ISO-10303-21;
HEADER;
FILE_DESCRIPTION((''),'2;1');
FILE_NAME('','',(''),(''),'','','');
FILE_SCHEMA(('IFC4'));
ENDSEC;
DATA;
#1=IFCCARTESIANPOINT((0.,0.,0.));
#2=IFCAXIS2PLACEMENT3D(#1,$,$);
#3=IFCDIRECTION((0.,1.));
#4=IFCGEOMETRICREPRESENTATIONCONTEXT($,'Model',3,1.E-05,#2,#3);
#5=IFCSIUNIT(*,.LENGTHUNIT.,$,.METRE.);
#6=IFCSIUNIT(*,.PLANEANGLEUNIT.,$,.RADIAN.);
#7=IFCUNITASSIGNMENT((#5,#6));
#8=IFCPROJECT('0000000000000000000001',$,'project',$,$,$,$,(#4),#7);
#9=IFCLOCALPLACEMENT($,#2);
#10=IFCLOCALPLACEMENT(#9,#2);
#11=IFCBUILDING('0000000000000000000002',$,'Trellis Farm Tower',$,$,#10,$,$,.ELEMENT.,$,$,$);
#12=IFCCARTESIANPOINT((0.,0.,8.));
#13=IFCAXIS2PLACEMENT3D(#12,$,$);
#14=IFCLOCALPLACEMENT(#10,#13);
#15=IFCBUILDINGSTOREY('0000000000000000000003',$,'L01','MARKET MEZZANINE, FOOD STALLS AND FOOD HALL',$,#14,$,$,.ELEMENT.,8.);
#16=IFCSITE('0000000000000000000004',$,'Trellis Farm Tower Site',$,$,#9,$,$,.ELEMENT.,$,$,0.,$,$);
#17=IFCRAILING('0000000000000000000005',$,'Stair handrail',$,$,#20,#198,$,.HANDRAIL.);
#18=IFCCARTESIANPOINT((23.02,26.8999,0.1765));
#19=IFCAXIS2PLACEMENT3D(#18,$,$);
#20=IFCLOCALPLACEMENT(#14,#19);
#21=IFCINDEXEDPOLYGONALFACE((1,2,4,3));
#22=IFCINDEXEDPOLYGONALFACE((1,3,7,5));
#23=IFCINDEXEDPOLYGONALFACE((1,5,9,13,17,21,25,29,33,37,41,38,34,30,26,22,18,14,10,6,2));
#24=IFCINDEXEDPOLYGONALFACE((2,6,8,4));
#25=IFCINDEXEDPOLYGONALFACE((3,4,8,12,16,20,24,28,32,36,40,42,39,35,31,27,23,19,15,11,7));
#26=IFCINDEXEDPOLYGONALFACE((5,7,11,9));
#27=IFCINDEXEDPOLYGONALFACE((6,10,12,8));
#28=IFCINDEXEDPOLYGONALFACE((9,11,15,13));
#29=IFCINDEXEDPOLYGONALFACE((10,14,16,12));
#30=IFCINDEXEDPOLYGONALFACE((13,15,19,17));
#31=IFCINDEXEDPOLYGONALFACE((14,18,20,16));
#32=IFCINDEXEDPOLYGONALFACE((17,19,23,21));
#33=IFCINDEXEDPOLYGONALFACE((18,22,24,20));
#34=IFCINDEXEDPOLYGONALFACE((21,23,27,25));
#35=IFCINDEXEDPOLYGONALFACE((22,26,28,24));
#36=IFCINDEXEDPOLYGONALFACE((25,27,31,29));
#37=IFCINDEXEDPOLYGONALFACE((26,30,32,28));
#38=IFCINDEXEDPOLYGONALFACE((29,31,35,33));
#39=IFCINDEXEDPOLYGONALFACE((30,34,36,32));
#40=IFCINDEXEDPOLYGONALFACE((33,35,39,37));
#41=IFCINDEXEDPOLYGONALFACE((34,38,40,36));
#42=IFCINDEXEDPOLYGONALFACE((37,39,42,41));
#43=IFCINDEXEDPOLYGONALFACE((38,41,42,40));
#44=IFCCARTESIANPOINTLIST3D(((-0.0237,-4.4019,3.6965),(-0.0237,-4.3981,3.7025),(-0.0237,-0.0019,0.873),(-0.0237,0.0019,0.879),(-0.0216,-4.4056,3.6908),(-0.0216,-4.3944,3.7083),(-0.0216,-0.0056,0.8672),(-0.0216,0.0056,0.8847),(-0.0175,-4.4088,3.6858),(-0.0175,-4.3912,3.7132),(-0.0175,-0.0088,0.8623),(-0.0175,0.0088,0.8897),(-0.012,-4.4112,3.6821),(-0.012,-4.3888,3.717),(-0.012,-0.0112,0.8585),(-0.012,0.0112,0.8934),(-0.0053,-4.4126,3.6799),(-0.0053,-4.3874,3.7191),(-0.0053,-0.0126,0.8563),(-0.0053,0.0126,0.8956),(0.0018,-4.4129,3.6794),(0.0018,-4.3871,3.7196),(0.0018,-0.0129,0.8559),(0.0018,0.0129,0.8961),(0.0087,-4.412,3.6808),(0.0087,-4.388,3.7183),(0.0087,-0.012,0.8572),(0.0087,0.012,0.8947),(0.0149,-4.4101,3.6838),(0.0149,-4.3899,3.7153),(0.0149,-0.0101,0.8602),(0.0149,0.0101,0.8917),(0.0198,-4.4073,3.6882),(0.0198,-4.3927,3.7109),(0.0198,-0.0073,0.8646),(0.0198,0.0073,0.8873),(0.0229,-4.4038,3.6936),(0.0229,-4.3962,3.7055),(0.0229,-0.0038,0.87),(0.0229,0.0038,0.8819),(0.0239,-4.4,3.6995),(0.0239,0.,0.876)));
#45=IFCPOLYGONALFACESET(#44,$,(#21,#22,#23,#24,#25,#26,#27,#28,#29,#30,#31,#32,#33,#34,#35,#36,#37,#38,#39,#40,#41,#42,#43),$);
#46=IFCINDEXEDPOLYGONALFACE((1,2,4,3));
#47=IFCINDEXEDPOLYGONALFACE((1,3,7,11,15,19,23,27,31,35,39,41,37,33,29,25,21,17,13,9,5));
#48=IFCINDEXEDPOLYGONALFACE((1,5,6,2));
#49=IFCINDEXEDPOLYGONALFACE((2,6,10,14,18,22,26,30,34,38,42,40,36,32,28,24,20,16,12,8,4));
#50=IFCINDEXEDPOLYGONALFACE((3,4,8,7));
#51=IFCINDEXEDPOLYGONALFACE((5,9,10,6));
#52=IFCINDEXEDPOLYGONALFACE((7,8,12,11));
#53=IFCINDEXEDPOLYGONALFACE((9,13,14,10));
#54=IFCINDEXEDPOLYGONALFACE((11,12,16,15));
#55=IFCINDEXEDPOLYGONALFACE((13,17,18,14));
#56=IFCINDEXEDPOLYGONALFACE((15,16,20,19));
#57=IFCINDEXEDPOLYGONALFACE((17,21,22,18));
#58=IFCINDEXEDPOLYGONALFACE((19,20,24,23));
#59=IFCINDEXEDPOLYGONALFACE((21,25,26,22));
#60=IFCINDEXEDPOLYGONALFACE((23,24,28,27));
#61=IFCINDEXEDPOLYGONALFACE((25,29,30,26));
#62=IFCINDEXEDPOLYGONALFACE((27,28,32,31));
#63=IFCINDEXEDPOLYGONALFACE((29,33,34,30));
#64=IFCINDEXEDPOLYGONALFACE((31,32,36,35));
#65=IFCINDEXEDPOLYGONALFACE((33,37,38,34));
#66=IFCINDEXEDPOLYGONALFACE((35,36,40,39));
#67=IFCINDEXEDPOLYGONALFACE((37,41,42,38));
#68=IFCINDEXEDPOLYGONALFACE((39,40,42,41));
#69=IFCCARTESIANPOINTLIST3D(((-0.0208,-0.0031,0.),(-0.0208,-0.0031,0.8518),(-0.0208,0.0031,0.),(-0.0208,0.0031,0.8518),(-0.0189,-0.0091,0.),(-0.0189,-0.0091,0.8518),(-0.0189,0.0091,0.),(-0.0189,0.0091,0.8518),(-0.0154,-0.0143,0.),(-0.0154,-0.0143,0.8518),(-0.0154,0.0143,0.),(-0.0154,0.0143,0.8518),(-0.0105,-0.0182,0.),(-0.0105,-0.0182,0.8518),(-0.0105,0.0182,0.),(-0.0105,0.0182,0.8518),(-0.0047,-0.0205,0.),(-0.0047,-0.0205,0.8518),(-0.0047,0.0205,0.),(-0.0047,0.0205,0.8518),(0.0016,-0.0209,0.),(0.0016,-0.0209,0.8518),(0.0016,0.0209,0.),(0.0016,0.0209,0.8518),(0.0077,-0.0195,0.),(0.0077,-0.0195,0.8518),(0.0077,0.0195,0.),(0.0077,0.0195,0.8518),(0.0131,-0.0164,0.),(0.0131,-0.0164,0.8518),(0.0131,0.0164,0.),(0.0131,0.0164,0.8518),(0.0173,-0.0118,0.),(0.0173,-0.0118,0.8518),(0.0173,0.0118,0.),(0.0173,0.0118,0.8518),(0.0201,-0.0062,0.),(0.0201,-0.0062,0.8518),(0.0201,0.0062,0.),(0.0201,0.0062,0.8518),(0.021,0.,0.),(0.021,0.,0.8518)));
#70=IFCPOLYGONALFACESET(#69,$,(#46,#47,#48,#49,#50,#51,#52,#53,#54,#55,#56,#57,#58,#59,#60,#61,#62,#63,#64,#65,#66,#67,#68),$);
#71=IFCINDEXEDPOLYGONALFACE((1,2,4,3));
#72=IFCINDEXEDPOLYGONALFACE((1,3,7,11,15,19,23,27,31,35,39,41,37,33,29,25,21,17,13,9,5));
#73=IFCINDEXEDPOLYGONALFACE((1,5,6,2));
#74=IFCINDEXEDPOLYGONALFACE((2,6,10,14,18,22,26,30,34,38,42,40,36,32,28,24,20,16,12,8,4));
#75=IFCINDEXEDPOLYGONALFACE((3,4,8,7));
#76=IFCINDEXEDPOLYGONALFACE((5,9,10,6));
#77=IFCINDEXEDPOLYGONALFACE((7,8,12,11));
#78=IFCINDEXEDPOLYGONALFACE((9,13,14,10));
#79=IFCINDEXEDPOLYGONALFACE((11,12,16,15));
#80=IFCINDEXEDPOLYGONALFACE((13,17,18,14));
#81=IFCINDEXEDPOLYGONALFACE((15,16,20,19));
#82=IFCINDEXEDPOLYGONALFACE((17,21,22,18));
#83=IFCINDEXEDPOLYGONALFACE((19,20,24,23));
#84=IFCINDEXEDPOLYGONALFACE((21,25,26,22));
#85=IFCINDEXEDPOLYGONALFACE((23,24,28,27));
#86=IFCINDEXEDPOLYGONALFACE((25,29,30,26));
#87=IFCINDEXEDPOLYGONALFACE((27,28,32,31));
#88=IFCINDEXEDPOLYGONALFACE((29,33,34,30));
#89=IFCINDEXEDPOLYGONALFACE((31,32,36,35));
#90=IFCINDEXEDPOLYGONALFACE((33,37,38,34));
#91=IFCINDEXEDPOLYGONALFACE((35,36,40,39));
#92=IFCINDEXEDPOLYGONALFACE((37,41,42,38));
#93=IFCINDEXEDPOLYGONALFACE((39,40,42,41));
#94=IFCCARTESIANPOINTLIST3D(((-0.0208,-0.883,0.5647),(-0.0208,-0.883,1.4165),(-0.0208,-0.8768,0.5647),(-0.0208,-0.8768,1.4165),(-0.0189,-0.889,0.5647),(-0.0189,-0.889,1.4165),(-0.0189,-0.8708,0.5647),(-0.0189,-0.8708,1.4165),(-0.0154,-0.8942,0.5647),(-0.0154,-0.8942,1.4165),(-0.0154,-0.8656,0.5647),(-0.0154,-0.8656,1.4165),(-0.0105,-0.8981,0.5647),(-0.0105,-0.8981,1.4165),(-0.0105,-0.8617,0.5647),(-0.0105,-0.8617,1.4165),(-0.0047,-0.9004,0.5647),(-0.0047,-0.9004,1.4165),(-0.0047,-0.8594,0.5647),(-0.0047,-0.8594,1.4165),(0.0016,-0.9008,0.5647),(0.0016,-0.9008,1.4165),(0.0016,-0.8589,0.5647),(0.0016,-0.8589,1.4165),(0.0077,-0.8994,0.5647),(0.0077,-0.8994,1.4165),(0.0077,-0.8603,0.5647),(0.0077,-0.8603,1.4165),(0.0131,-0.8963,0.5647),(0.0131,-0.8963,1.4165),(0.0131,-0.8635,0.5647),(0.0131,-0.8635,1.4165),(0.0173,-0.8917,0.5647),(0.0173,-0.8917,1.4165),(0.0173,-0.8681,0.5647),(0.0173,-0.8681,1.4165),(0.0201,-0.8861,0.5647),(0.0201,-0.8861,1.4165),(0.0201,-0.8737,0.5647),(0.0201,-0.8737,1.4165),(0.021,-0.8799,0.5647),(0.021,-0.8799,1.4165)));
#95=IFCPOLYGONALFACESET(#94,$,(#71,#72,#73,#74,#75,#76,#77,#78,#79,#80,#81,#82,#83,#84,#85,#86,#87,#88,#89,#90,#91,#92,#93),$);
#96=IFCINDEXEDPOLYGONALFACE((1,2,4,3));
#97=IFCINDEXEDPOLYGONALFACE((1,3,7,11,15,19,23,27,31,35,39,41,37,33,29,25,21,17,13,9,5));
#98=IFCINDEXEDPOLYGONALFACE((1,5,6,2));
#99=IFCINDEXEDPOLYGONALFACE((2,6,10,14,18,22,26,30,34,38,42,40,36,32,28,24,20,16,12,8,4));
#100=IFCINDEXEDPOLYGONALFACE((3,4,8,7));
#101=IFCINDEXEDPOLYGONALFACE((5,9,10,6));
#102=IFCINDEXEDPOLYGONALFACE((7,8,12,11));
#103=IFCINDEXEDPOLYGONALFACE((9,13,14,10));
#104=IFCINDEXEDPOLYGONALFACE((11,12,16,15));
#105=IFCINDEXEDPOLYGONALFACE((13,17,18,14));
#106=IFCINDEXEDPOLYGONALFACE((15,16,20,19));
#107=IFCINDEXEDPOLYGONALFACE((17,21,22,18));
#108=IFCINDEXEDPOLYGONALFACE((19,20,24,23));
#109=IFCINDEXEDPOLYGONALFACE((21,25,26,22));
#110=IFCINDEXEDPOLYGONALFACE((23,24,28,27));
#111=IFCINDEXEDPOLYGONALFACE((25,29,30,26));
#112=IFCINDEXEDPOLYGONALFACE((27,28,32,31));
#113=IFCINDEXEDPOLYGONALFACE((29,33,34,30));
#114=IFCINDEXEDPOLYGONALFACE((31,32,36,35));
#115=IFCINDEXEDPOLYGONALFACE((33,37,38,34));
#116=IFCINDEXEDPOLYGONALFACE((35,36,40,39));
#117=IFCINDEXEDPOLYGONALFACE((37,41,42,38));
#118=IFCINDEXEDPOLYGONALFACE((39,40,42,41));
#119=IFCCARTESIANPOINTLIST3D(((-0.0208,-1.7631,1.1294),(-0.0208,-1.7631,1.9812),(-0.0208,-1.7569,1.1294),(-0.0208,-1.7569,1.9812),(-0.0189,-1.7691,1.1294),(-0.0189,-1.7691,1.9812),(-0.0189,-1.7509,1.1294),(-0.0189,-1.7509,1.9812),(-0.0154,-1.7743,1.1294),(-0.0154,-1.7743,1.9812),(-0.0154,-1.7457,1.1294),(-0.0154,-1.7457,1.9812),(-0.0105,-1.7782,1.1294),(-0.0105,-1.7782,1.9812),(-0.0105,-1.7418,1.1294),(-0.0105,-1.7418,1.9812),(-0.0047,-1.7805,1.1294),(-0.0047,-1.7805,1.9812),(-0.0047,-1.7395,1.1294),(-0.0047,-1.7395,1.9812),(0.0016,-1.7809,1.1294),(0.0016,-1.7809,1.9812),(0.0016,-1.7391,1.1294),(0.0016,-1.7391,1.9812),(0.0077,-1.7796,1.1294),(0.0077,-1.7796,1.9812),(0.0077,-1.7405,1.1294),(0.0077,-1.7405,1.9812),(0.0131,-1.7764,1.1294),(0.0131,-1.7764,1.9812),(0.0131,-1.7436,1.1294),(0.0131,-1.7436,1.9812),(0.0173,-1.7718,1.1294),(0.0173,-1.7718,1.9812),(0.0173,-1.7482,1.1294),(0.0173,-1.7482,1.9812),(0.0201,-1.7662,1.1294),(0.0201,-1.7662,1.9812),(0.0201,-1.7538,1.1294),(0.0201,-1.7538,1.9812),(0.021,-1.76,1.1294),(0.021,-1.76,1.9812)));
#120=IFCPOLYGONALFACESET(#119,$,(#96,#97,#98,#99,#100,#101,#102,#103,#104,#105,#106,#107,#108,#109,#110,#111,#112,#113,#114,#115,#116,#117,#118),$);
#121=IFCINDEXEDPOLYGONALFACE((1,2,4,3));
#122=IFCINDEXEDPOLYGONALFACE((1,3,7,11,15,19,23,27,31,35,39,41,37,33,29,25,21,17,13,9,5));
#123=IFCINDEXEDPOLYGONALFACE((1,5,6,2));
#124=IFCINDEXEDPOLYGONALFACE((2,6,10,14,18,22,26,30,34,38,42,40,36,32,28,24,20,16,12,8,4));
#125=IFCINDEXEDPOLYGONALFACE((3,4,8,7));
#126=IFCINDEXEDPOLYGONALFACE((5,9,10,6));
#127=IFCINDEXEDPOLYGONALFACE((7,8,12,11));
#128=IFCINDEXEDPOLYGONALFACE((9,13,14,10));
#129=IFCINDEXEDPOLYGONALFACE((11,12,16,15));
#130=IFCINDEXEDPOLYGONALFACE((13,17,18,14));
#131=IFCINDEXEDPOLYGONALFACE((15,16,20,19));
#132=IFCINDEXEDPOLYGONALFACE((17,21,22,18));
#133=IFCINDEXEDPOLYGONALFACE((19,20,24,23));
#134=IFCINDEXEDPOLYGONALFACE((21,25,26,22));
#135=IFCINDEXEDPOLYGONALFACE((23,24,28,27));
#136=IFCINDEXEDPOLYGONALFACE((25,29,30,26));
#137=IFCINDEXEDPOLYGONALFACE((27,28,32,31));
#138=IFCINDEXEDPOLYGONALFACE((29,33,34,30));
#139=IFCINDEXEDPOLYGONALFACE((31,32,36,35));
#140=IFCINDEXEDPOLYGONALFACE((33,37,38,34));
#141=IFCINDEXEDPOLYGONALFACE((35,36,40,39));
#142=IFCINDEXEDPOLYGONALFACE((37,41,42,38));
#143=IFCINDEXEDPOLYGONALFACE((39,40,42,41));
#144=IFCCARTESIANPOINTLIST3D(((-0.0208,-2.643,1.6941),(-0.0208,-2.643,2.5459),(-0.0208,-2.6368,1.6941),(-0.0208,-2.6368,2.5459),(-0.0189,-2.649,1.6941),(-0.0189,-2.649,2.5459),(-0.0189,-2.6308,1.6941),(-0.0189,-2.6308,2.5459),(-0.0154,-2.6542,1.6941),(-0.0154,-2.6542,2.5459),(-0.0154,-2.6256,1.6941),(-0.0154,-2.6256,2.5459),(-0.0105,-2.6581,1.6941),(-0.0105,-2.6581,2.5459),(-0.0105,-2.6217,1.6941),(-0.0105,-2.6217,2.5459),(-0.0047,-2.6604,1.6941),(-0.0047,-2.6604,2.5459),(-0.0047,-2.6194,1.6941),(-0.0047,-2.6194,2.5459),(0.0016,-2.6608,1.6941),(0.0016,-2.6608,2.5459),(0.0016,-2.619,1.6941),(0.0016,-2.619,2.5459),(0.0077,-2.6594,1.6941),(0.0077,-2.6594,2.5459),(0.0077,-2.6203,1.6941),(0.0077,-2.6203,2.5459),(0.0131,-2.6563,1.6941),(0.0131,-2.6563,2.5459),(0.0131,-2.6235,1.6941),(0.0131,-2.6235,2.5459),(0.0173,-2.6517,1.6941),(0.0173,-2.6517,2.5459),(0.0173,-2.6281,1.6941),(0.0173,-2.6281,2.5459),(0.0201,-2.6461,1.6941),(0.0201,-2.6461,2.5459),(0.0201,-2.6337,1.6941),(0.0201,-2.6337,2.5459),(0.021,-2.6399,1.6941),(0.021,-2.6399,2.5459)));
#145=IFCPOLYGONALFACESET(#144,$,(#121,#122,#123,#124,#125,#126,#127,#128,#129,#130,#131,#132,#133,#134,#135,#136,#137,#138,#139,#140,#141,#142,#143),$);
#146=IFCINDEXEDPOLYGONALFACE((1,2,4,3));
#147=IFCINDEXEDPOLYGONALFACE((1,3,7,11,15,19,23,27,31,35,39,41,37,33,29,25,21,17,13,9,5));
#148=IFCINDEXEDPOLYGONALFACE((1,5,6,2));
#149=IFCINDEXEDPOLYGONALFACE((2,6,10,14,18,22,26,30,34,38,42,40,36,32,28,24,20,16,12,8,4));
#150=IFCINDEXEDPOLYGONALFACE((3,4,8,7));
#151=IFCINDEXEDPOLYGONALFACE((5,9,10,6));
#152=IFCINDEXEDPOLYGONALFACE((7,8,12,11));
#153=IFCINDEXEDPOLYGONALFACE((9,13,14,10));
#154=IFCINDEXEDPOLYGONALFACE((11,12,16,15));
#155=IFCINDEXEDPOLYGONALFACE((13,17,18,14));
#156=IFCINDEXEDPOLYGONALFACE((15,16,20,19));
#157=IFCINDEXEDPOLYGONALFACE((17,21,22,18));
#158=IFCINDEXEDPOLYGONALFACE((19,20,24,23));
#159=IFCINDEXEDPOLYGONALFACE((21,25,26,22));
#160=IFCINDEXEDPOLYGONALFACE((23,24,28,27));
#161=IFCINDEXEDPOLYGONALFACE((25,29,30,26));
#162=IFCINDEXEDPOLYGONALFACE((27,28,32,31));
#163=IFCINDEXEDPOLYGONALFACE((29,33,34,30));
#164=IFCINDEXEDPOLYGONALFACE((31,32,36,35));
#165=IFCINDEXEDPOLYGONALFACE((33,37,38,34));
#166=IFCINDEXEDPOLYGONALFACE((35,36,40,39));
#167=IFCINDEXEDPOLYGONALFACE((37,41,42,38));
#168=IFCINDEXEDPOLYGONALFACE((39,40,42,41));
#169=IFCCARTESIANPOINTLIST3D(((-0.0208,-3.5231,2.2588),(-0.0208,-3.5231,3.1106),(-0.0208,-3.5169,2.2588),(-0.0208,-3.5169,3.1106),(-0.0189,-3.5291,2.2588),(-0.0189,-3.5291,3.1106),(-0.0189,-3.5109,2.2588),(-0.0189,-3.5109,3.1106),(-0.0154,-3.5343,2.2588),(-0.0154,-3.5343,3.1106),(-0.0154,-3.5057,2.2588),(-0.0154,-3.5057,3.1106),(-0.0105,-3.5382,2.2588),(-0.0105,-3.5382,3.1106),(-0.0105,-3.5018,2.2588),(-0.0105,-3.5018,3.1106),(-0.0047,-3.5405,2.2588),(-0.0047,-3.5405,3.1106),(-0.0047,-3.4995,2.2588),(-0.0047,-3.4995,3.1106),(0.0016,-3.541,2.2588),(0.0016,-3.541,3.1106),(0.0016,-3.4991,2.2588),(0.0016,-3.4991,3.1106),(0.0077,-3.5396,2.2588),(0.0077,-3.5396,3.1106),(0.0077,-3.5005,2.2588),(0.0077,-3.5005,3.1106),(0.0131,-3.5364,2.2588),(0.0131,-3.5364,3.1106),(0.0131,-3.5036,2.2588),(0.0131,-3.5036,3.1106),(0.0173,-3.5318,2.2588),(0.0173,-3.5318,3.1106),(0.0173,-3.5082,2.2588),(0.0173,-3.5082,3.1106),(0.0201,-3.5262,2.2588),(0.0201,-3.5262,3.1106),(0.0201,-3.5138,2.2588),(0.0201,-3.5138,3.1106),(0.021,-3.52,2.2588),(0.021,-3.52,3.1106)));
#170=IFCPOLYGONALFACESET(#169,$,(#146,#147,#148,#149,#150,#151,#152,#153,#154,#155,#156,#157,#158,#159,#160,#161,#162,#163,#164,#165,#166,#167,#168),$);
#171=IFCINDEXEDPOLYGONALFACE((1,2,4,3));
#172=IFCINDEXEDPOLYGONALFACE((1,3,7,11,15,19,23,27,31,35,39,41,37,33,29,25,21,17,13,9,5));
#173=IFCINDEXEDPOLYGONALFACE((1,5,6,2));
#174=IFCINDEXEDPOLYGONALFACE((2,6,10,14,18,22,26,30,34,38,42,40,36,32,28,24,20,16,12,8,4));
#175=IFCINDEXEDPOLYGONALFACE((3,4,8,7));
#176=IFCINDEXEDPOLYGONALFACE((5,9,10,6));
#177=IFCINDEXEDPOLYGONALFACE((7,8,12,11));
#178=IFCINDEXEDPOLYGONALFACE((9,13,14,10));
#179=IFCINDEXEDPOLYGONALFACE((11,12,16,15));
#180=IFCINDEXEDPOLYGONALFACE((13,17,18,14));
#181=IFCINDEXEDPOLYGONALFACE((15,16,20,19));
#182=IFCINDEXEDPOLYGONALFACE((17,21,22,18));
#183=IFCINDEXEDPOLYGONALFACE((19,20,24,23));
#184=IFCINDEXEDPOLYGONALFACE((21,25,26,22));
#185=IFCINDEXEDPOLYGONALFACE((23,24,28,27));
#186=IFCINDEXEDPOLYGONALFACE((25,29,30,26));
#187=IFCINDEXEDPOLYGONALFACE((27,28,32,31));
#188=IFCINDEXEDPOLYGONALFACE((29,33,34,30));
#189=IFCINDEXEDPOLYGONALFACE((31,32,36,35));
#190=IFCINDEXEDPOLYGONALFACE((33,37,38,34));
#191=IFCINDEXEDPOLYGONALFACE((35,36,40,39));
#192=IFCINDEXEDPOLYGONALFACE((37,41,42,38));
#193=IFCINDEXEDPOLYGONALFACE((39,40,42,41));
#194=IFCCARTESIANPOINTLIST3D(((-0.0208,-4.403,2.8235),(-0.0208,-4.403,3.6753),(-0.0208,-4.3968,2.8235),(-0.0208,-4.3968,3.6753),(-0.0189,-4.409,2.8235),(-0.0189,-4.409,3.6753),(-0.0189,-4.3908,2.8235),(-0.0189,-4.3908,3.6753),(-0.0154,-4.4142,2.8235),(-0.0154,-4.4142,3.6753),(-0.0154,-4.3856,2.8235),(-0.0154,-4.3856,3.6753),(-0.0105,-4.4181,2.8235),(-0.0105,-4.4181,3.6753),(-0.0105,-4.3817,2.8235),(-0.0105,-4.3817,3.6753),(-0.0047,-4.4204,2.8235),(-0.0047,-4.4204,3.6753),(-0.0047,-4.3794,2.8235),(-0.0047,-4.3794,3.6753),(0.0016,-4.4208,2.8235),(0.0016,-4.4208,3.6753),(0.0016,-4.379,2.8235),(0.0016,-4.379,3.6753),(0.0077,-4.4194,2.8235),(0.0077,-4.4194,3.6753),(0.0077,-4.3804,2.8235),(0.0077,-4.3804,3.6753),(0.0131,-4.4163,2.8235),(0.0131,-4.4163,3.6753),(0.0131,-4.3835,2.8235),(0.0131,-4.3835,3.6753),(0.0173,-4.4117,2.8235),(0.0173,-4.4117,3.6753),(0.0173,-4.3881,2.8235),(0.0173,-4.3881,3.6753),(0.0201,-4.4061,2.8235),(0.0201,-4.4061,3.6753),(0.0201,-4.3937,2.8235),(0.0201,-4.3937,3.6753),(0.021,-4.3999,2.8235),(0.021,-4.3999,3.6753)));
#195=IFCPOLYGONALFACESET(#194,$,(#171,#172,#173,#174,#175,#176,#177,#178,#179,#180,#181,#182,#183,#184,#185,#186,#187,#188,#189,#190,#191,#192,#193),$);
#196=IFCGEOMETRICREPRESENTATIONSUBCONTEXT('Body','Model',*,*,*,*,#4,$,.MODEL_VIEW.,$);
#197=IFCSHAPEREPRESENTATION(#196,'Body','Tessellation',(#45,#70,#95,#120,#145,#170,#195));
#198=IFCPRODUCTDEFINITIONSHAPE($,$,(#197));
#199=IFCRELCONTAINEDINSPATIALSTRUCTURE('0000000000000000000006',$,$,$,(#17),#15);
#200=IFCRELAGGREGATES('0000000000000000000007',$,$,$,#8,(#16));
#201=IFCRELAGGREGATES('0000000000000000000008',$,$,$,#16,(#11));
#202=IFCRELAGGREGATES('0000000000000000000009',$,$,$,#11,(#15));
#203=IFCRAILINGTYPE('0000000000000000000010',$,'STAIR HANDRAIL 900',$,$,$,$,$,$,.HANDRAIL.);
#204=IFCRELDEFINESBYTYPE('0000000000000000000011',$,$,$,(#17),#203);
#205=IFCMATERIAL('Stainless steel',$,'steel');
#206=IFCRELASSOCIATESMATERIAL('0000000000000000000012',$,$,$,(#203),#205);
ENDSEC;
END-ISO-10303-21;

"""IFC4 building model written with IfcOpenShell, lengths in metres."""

from ifc_helpers import new_model, si_unit, direction, frame, origin, origin_2d, place, context, subcontext, project, spatial, circle, extrude, source, transform, mapped, material, type_object, element, save


model = new_model("IFC4")

# Units and contexts
model_context = context("Model", 3, precision=1e-05, world=origin(), true_north=direction((0.0, 1.0)))
body_context = subcontext(model_context, "Body", "Model", "MODEL_VIEW")
ifc_project = project(units=[si_unit("LENGTHUNIT", "METRE"), si_unit("PLANEANGLEUNIT", "RADIAN")], contexts=[model_context])

# Site, building, storey
site_placement = place(None, origin())
site = spatial("IfcSite", under=ifc_project, at=site_placement, Name="Trellis Farm Tower Site", CompositionType="ELEMENT", RefElevation=0.0)
building_placement = place(site_placement, origin())
building = spatial("IfcBuilding", under=site, at=building_placement, Name="Trellis Farm Tower", CompositionType="ELEMENT")
storey_placement = place(building_placement, frame((0.0, 0.0, 8.0)))
storey = spatial("IfcBuildingStorey", under=building, at=storey_placement, Name="L01", Description="MARKET MEZZANINE, FOOD STALLS AND FOOD HALL", CompositionType="ELEMENT", Elevation=8.0)

# Railing
ifc_material_1 = material(Name="Stainless steel", Category="steel")
railing_type = type_object("IfcRailingType", Name="STAIR HANDRAIL 900", PredefinedType="HANDRAIL", material=ifc_material_1)
shared_shape_1 = source(origin(), body_context, "Body", "SweptSolid", [
    extrude(circle(Radius=0.0239, at=origin_2d()), frame((0.0, 0.0, 0.876), z_axis=(0.0, -0.841615, 0.540078), x_axis=(1.0, 0.0, 0.0)), (0.0, 0.0, 1.0), 5.228),
    extrude(circle(Radius=0.021, at=origin_2d()), origin(), (0.0, 0.0, 1.0), 0.8518),
    extrude(circle(Radius=0.021, at=origin_2d()), frame((0.0, -0.8799, 0.5647)), (0.0, 0.0, 1.0), 0.8518),
    extrude(circle(Radius=0.021, at=origin_2d()), frame((0.0, -1.76, 1.1294)), (0.0, 0.0, 1.0), 0.8518),
    extrude(circle(Radius=0.021, at=origin_2d()), frame((0.0, -2.6399, 1.6941)), (0.0, 0.0, 1.0), 0.8518),
    extrude(circle(Radius=0.021, at=origin_2d()), frame((0.0, -3.52, 2.2588)), (0.0, 0.0, 1.0), 0.8518),
    extrude(circle(Radius=0.021, at=origin_2d()), frame((0.0, -4.3999, 2.8235)), (0.0, 0.0, 1.0), 0.8518),
])
for number, where, name in (
    (1, (23.02, 26.8999, 0.1765), "Stair handrail"),
):
    element("IfcRailing", number, at=place(storey_placement, frame(where)), inside=storey, type_object=railing_type, Name=name, PredefinedType="HANDRAIL", context=body_context, shape_type="MappedRepresentation", body=[
        mapped(shared_shape_1, transform((0.0, 0.0, 0.0))),
    ])

save(model, "model.ifc")
